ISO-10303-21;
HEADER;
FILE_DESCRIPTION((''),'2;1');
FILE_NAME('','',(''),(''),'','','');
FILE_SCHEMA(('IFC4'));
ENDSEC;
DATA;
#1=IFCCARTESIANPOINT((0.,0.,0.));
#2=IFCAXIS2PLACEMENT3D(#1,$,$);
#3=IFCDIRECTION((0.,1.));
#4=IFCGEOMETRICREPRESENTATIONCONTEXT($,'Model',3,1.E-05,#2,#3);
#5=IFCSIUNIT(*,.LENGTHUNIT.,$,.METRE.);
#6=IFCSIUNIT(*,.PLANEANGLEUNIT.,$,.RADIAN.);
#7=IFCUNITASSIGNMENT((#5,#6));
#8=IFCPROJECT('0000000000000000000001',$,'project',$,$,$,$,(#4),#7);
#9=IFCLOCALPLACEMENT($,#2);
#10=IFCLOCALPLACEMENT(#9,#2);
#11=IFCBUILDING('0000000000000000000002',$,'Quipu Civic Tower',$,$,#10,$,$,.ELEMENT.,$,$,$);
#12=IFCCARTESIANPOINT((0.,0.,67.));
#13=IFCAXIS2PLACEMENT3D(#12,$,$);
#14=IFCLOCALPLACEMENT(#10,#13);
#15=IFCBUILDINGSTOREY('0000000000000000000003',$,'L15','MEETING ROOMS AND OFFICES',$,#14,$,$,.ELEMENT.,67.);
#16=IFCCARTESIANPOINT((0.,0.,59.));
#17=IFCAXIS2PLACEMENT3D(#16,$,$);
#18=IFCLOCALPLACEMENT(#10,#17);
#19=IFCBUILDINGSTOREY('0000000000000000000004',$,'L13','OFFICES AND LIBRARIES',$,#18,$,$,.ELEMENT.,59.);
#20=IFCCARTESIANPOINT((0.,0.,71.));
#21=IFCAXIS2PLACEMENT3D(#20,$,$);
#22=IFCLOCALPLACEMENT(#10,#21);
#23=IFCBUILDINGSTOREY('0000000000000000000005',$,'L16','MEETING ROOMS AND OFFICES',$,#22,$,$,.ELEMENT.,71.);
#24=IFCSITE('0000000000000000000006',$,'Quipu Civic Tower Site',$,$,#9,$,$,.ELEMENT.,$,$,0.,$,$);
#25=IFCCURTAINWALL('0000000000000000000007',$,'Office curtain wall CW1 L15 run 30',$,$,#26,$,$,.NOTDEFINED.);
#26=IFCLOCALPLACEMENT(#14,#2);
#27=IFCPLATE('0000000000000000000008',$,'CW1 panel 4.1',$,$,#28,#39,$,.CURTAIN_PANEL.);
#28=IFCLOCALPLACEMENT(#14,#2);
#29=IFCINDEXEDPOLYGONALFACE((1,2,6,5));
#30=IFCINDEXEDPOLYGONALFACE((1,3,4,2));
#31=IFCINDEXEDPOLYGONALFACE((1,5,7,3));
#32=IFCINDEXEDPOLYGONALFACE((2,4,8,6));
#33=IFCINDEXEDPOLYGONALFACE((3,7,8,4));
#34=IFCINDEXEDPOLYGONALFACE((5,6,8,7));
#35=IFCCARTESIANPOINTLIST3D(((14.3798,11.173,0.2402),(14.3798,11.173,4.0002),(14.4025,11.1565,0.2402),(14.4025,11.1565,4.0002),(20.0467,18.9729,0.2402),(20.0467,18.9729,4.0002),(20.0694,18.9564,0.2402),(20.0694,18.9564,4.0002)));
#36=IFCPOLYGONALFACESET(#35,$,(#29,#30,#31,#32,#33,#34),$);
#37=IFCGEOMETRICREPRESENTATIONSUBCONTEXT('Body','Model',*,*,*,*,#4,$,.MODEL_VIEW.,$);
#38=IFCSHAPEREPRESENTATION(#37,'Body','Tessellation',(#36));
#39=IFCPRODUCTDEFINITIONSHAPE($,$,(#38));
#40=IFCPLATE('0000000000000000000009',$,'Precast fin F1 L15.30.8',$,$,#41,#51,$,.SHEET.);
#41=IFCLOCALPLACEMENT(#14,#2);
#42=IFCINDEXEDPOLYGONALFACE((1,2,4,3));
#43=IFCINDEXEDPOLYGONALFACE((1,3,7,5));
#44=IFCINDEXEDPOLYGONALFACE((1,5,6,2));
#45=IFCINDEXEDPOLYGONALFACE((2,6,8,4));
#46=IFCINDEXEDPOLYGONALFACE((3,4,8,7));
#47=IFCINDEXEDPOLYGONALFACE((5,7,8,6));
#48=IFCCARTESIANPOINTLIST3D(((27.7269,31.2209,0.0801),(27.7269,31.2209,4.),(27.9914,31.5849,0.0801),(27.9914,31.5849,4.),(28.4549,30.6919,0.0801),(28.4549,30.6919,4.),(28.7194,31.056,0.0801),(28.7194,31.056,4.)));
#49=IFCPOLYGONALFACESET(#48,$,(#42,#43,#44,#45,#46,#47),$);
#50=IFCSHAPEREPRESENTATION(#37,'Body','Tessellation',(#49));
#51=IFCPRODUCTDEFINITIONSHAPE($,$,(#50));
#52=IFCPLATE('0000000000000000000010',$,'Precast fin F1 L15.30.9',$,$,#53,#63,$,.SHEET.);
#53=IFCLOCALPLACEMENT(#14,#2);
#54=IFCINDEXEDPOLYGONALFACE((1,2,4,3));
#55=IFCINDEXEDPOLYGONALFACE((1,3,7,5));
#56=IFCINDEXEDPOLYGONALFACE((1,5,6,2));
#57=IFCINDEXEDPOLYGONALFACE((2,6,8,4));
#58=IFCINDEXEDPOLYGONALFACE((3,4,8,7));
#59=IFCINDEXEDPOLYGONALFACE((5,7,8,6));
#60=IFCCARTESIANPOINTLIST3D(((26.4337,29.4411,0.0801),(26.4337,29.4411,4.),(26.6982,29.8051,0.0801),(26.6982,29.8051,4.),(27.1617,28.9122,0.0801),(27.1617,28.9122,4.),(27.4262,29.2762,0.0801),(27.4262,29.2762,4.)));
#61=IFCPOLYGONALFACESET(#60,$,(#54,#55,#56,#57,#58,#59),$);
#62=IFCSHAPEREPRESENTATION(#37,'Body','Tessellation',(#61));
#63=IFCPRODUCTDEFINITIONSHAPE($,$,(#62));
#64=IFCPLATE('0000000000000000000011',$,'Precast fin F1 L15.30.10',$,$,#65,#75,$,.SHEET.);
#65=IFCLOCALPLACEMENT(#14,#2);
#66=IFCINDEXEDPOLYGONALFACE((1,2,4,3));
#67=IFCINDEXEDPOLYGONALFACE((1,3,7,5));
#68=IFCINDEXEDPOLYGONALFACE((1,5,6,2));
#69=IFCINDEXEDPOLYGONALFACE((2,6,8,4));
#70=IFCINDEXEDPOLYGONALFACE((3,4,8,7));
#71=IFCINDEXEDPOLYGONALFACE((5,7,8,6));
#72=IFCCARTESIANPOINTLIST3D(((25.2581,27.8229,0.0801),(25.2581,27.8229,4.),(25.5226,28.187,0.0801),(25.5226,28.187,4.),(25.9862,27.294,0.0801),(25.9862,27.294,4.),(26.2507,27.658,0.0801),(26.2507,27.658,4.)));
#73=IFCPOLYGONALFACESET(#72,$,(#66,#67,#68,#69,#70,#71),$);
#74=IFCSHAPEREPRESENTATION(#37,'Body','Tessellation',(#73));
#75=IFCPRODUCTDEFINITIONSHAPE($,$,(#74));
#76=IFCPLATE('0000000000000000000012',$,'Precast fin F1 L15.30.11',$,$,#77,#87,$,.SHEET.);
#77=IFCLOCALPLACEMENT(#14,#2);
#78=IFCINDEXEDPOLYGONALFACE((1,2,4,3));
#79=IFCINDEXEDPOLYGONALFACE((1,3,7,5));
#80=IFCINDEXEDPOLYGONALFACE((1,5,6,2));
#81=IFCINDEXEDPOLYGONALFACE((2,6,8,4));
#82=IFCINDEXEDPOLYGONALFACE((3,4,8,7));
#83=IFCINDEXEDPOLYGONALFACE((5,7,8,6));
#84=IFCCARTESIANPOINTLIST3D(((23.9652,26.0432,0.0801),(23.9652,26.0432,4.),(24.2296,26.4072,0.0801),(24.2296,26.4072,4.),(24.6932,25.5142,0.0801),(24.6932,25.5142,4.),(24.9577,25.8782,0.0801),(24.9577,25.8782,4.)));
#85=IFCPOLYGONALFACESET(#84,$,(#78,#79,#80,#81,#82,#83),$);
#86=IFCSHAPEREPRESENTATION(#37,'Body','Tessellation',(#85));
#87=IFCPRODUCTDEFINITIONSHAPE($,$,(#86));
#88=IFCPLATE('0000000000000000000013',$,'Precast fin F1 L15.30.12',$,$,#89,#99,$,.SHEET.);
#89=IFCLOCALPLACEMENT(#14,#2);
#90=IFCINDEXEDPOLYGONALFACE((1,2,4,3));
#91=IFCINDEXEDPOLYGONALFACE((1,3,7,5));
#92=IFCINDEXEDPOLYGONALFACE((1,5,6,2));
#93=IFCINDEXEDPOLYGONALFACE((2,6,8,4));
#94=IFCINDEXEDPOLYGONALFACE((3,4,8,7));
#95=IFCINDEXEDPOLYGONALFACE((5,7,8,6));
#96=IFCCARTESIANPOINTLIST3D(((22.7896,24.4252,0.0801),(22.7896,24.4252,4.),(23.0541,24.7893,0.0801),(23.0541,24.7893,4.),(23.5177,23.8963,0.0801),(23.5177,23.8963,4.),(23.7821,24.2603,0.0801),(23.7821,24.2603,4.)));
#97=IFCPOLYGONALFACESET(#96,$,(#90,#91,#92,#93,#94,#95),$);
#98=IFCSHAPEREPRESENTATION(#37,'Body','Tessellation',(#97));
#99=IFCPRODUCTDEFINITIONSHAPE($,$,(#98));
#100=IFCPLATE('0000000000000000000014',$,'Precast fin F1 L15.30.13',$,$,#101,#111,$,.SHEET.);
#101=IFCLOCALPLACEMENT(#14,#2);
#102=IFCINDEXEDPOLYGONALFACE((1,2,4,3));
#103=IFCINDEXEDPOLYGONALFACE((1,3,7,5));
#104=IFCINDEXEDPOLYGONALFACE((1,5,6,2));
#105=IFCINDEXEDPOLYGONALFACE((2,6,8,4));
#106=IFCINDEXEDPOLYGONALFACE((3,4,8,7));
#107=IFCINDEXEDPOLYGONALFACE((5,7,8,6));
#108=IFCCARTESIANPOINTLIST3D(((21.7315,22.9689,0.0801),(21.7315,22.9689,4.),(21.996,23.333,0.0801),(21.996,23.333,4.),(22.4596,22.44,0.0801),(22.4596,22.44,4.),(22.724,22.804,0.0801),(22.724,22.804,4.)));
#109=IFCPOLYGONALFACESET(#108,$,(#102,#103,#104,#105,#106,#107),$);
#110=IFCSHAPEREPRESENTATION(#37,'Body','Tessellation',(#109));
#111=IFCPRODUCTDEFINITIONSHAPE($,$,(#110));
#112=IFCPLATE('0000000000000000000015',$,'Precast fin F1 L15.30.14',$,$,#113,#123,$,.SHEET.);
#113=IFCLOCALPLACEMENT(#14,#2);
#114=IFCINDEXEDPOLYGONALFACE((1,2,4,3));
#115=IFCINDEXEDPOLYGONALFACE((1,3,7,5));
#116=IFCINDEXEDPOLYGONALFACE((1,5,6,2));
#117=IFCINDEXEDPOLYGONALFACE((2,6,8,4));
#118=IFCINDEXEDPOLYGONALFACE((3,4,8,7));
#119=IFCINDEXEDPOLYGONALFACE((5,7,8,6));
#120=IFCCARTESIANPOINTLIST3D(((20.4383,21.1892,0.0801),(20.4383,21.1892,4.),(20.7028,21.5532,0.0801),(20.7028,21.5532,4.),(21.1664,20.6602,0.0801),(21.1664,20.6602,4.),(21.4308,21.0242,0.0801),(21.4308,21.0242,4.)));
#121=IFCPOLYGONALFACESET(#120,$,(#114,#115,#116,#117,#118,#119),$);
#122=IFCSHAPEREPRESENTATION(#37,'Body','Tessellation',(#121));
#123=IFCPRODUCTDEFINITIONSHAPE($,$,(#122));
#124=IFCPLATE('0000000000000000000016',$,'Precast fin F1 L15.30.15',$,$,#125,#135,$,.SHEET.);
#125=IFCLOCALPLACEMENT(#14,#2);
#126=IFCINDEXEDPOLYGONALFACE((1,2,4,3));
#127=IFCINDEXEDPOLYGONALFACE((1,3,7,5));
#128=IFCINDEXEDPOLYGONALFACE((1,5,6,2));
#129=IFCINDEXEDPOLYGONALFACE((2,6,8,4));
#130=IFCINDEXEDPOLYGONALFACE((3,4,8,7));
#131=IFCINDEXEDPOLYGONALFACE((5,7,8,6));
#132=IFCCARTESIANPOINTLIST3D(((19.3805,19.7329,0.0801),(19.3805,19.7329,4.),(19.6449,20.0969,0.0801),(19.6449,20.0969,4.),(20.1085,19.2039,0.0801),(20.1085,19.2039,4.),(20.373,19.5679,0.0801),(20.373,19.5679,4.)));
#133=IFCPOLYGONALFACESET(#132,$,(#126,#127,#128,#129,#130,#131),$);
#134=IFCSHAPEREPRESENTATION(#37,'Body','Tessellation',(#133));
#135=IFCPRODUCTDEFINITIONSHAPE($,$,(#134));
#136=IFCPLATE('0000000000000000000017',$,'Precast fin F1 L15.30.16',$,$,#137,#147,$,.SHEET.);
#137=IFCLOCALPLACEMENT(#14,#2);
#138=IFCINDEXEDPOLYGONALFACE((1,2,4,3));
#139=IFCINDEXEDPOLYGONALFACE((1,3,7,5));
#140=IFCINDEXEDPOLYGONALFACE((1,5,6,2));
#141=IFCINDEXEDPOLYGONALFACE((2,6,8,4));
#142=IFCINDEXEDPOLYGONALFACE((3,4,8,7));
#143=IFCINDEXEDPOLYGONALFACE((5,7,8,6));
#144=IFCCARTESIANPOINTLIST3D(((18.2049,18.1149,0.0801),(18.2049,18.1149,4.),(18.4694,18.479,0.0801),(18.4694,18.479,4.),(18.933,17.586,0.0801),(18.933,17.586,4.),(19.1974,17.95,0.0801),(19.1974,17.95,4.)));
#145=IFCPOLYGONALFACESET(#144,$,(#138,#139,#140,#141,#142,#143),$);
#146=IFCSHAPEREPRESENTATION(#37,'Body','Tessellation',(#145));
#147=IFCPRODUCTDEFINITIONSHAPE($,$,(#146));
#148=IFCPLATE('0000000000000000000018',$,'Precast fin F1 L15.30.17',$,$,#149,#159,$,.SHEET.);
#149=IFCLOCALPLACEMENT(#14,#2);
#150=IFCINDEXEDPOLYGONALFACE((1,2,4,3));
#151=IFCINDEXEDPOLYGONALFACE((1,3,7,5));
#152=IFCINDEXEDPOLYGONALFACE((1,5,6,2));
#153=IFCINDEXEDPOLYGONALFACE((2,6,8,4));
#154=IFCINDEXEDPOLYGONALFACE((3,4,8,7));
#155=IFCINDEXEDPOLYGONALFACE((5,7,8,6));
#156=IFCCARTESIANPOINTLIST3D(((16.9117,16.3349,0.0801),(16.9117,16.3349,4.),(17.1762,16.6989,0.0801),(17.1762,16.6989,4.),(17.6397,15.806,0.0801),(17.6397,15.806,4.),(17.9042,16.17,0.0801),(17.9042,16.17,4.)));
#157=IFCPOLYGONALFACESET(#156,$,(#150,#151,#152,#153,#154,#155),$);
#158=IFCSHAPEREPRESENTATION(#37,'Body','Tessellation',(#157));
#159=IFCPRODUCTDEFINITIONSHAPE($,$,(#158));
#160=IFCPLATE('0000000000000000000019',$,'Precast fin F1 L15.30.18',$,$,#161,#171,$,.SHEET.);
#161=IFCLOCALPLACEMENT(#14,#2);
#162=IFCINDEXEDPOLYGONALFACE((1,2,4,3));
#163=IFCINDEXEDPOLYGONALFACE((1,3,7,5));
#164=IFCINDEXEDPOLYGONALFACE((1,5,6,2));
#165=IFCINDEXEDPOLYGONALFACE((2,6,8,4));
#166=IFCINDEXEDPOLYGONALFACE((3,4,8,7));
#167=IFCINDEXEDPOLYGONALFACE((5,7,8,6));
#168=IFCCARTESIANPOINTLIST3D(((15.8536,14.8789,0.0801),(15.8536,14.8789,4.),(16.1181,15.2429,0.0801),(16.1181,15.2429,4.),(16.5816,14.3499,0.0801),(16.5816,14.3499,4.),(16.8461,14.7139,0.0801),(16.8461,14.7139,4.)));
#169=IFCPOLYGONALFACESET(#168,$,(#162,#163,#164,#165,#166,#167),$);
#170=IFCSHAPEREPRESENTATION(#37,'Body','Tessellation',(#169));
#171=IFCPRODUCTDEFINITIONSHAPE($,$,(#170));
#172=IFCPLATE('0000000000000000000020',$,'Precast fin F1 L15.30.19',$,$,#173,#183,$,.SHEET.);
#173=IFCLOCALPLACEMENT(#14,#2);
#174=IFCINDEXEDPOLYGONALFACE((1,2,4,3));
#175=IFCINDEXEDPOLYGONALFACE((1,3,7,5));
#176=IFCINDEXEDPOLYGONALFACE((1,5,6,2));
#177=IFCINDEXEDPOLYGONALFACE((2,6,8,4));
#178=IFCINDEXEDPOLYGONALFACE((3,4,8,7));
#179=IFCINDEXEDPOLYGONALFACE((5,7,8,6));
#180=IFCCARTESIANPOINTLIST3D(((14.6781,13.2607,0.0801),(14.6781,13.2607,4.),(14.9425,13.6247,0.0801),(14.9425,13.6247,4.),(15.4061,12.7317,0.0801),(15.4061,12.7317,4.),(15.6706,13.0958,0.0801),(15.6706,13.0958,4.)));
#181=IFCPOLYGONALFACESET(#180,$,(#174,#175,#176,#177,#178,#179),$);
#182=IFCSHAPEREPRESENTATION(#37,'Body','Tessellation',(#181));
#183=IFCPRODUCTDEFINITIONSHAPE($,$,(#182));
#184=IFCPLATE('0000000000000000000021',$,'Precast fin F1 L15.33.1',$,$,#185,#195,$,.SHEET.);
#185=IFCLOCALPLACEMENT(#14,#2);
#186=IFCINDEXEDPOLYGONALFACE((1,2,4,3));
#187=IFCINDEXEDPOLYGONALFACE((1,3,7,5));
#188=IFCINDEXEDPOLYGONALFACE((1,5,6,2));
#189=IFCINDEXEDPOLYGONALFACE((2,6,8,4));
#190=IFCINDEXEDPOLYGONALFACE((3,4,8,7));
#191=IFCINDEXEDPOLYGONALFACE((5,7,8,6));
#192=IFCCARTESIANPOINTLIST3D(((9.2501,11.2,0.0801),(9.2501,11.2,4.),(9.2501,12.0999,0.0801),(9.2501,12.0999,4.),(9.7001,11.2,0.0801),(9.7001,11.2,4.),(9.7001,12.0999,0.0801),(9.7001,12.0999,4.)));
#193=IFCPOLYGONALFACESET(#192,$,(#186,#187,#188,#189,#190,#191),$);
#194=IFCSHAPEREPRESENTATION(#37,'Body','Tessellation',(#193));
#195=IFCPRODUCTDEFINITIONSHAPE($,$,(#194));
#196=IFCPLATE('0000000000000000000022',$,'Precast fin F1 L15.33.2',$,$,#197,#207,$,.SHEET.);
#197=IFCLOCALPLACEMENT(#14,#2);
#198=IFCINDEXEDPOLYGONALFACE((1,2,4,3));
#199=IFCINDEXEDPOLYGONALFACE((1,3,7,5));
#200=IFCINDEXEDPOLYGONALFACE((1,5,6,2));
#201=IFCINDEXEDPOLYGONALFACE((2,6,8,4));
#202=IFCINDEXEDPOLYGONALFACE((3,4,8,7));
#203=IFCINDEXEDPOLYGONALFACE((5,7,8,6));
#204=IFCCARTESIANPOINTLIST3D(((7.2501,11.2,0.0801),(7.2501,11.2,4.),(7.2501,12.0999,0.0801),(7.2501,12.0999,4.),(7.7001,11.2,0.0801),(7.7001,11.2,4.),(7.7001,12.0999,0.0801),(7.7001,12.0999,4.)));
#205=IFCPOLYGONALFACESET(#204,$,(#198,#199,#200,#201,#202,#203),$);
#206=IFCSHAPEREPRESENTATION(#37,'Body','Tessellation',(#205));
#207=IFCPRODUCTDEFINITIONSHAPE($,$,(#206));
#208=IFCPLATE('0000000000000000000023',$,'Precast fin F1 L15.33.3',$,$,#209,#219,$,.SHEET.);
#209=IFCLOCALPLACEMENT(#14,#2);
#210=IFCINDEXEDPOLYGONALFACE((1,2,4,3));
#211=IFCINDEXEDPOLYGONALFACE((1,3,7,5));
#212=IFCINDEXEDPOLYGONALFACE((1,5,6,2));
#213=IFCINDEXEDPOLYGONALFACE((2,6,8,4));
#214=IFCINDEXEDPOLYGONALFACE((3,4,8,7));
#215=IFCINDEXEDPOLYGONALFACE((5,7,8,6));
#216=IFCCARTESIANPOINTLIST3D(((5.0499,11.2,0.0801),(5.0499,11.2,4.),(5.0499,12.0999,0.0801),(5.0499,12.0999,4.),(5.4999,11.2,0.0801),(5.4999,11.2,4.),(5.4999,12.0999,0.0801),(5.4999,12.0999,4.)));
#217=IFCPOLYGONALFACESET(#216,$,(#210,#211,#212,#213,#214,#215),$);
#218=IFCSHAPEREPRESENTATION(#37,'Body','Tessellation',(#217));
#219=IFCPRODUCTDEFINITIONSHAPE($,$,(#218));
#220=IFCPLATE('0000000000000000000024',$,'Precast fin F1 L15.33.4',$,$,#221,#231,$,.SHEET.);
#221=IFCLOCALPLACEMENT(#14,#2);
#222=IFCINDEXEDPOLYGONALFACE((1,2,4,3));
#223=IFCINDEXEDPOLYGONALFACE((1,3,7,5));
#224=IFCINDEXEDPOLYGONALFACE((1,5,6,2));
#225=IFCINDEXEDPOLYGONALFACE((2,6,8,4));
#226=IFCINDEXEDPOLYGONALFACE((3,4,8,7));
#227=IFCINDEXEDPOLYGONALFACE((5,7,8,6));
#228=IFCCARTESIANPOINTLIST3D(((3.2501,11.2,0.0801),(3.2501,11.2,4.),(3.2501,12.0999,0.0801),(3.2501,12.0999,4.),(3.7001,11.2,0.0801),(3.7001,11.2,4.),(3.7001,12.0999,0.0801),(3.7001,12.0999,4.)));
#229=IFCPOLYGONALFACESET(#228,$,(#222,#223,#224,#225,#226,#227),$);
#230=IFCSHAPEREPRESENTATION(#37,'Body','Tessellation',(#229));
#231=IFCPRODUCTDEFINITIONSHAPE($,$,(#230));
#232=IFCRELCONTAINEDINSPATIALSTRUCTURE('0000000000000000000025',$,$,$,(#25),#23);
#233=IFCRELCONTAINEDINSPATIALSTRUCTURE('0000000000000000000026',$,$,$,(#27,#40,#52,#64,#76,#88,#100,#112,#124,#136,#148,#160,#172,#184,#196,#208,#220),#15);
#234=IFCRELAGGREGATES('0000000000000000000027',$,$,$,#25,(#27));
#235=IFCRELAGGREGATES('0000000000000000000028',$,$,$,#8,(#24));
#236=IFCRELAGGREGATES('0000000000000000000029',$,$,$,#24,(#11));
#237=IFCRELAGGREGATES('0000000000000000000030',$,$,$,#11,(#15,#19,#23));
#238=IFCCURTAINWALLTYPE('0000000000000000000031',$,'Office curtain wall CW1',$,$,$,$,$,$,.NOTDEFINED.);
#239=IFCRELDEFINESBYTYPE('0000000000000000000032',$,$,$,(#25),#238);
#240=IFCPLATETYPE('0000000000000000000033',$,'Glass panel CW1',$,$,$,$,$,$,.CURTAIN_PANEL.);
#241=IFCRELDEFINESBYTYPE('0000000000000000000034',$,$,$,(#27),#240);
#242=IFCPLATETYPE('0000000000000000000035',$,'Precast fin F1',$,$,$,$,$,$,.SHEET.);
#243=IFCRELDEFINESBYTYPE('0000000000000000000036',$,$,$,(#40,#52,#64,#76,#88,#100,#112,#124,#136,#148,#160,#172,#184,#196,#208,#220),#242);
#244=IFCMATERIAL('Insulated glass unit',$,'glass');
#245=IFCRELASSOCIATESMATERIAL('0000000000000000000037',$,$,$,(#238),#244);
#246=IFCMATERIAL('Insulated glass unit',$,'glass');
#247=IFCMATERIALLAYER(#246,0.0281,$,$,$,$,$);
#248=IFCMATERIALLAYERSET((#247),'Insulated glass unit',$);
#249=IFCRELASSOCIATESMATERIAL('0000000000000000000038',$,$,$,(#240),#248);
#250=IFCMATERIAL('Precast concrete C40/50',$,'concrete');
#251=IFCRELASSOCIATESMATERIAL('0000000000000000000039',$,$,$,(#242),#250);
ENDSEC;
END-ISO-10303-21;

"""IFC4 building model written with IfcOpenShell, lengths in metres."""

from ifc_helpers import new_model, si_unit, direction, frame, origin, origin_2d, place, context, subcontext, project, spatial, rectangle, extrude, material, layer, layer_set, type_object, element, aggregate, save


model = new_model("IFC4")

# Units and contexts
model_context = context("Model", 3, precision=1e-05, world=origin(), true_north=direction((0.0, 1.0)))
body_context = subcontext(model_context, "Body", "Model", "MODEL_VIEW")
ifc_project = project(units=[si_unit("LENGTHUNIT", "METRE"), si_unit("PLANEANGLEUNIT", "RADIAN")], contexts=[model_context])

# Site, building, storey
site_placement = place(None, origin())
site = spatial("IfcSite", under=ifc_project, at=site_placement, Name="Quipu Civic Tower Site", CompositionType="ELEMENT", RefElevation=0.0)
building_placement = place(site_placement, origin())
building = spatial("IfcBuilding", under=site, at=building_placement, Name="Quipu Civic Tower", CompositionType="ELEMENT")
storey_1_placement = place(building_placement, frame((0.0, 0.0, 67.0)))
storey_1 = spatial("IfcBuildingStorey", under=building, at=storey_1_placement, Name="L15", Description="MEETING ROOMS AND OFFICES", CompositionType="ELEMENT", Elevation=67.0)

# Shared definitions
storey_2_placement = place(building_placement, frame((0.0, 0.0, 59.0)))
storey_2 = spatial("IfcBuildingStorey", under=building, at=storey_2_placement, Name="L13", Description="OFFICES AND LIBRARIES", CompositionType="ELEMENT", Elevation=59.0)

# Shared definitions
ifc_material_1 = material(Name="Insulated glass unit", Category="glass")
curtain_wall_type = type_object("IfcCurtainWallType", Name="Office curtain wall CW1", PredefinedType="NOTDEFINED", material=ifc_material_1)

# Shared definitions
storey_3_placement = place(building_placement, frame((0.0, 0.0, 71.0)))
storey_3 = spatial("IfcBuildingStorey", under=building, at=storey_3_placement, Name="L16", Description="MEETING ROOMS AND OFFICES", CompositionType="ELEMENT", Elevation=71.0)

# Curtain wall, plate
curtain_wall_1_placement = place(storey_3_placement, origin())
curtain_wall_1 = element("IfcCurtainWall", 1, at=curtain_wall_1_placement, inside=storey_3, type_object=curtain_wall_type, Name="Office curtain wall CW1 L15 run 30", PredefinedType="NOTDEFINED")
ifc_material_2 = material(Name="Insulated glass unit", Category="glass")
ifc_layer = layer(ifc_material_2, 0.0281)
ifc_layer_set = layer_set([ifc_layer], Name="Insulated glass unit")
plate_type_1 = type_object("IfcPlateType", Name="Glass panel CW1", PredefinedType="CURTAIN_PANEL", material=ifc_layer_set)
plate_1_placement = place(storey_1_placement, frame((17.2246, 15.0647, 0.2402), z_axis=(0.0, 0.0, 1.0), x_axis=(-0.587786, -0.809017, 0.0)))
plate_1 = element("IfcPlate", 2, at=plate_1_placement, inside=storey_1, type_object=plate_type_1, Name="CW1 panel 4.1", PredefinedType="CURTAIN_PANEL", context=body_context, shape_type="SweptSolid", body=[
    extrude(rectangle(XDim=9.6411, YDim=0.0281, at=origin_2d()), origin(), (0.0, 0.0, 1.0), 3.76),
])
aggregate(curtain_wall_1, [plate_1])

# Plates
ifc_material_3 = material(Name="Precast concrete C40/50", Category="concrete")
plate_type_2 = type_object("IfcPlateType", Name="Precast fin F1", PredefinedType="SHEET", material=ifc_material_3)
for number, where, z_axis, x_axis, name in (
    (3, (28.2231, 31.1384, 0.0801), (0.0, 0.0, 1.0), (-0.587785, -0.809017, 0.0), "Precast fin F1 L15.30.8"),
    (4, (26.9299, 29.3586, 0.0801), (0.0, 0.0, 1.0), (-0.587785, -0.809017, 0.0), "Precast fin F1 L15.30.9"),
    (5, (25.7544, 27.7405, 0.0801), (0.0, 0.0, 1.0), (-0.587785, -0.809017, 0.0), "Precast fin F1 L15.30.10"),
    (6, (24.4614, 25.9607, 0.0801), (0.0, 0.0, 1.0), (-0.587785, -0.809017, 0.0), "Precast fin F1 L15.30.11"),
    (7, (23.2859, 24.3428, 0.0801), (0.0, 0.0, 1.0), (-0.587785, -0.809017, 0.0), "Precast fin F1 L15.30.12"),
    (8, (22.2278, 22.8865, 0.0801), (0.0, 0.0, 1.0), (-0.587785, -0.809017, 0.0), "Precast fin F1 L15.30.13"),
    (9, (20.9346, 21.1067, 0.0801), (0.0, 0.0, 1.0), (-0.587785, -0.809017, 0.0), "Precast fin F1 L15.30.14"),
    (10, (19.8767, 19.6504, 0.0801), (0.0, 0.0, 1.0), (-0.587785, -0.809017, 0.0), "Precast fin F1 L15.30.15"),
    (11, (18.7012, 18.0325, 0.0801), (0.0, 0.0, 1.0), (-0.587785, -0.809017, 0.0), "Precast fin F1 L15.30.16"),
    (12, (17.408, 16.2524, 0.0801), (0.0, 0.0, 1.0), (-0.587785, -0.809017, 0.0), "Precast fin F1 L15.30.17"),
    (13, (16.3499, 14.7964, 0.0801), (0.0, 0.0, 1.0), (-0.587785, -0.809017, 0.0), "Precast fin F1 L15.30.18"),
    (14, (15.1743, 13.1782, 0.0801), (0.0, 0.0, 1.0), (-0.587785, -0.809017, 0.0), "Precast fin F1 L15.30.19"),
    (15, (9.4751, 11.6499, 0.0801), (0.0, 0.0, 1.0), (-1.0, 0.0, 0.0), "Precast fin F1 L15.33.1"),
    (16, (7.4751, 11.6499, 0.0801), (0.0, 0.0, 1.0), (-1.0, 0.0, 0.0), "Precast fin F1 L15.33.2"),
    (17, (5.2749, 11.6499, 0.0801), (0.0, 0.0, 1.0), (-1.0, 0.0, 0.0), "Precast fin F1 L15.33.3"),
    (18, (3.4751, 11.6499, 0.0801), (0.0, 0.0, 1.0), (-1.0, 0.0, 0.0), "Precast fin F1 L15.33.4"),
):
    element("IfcPlate", number, at=place(storey_1_placement, frame(where, z_axis=z_axis, x_axis=x_axis)), inside=storey_1, type_object=plate_type_2, Name=name, PredefinedType="SHEET", context=body_context, shape_type="SweptSolid", body=[
        extrude(rectangle(XDim=0.45, YDim=0.8999, at=origin_2d()), origin(), (0.0, 0.0, 1.0), 3.9199),
    ])

save(model, "model.ifc")
